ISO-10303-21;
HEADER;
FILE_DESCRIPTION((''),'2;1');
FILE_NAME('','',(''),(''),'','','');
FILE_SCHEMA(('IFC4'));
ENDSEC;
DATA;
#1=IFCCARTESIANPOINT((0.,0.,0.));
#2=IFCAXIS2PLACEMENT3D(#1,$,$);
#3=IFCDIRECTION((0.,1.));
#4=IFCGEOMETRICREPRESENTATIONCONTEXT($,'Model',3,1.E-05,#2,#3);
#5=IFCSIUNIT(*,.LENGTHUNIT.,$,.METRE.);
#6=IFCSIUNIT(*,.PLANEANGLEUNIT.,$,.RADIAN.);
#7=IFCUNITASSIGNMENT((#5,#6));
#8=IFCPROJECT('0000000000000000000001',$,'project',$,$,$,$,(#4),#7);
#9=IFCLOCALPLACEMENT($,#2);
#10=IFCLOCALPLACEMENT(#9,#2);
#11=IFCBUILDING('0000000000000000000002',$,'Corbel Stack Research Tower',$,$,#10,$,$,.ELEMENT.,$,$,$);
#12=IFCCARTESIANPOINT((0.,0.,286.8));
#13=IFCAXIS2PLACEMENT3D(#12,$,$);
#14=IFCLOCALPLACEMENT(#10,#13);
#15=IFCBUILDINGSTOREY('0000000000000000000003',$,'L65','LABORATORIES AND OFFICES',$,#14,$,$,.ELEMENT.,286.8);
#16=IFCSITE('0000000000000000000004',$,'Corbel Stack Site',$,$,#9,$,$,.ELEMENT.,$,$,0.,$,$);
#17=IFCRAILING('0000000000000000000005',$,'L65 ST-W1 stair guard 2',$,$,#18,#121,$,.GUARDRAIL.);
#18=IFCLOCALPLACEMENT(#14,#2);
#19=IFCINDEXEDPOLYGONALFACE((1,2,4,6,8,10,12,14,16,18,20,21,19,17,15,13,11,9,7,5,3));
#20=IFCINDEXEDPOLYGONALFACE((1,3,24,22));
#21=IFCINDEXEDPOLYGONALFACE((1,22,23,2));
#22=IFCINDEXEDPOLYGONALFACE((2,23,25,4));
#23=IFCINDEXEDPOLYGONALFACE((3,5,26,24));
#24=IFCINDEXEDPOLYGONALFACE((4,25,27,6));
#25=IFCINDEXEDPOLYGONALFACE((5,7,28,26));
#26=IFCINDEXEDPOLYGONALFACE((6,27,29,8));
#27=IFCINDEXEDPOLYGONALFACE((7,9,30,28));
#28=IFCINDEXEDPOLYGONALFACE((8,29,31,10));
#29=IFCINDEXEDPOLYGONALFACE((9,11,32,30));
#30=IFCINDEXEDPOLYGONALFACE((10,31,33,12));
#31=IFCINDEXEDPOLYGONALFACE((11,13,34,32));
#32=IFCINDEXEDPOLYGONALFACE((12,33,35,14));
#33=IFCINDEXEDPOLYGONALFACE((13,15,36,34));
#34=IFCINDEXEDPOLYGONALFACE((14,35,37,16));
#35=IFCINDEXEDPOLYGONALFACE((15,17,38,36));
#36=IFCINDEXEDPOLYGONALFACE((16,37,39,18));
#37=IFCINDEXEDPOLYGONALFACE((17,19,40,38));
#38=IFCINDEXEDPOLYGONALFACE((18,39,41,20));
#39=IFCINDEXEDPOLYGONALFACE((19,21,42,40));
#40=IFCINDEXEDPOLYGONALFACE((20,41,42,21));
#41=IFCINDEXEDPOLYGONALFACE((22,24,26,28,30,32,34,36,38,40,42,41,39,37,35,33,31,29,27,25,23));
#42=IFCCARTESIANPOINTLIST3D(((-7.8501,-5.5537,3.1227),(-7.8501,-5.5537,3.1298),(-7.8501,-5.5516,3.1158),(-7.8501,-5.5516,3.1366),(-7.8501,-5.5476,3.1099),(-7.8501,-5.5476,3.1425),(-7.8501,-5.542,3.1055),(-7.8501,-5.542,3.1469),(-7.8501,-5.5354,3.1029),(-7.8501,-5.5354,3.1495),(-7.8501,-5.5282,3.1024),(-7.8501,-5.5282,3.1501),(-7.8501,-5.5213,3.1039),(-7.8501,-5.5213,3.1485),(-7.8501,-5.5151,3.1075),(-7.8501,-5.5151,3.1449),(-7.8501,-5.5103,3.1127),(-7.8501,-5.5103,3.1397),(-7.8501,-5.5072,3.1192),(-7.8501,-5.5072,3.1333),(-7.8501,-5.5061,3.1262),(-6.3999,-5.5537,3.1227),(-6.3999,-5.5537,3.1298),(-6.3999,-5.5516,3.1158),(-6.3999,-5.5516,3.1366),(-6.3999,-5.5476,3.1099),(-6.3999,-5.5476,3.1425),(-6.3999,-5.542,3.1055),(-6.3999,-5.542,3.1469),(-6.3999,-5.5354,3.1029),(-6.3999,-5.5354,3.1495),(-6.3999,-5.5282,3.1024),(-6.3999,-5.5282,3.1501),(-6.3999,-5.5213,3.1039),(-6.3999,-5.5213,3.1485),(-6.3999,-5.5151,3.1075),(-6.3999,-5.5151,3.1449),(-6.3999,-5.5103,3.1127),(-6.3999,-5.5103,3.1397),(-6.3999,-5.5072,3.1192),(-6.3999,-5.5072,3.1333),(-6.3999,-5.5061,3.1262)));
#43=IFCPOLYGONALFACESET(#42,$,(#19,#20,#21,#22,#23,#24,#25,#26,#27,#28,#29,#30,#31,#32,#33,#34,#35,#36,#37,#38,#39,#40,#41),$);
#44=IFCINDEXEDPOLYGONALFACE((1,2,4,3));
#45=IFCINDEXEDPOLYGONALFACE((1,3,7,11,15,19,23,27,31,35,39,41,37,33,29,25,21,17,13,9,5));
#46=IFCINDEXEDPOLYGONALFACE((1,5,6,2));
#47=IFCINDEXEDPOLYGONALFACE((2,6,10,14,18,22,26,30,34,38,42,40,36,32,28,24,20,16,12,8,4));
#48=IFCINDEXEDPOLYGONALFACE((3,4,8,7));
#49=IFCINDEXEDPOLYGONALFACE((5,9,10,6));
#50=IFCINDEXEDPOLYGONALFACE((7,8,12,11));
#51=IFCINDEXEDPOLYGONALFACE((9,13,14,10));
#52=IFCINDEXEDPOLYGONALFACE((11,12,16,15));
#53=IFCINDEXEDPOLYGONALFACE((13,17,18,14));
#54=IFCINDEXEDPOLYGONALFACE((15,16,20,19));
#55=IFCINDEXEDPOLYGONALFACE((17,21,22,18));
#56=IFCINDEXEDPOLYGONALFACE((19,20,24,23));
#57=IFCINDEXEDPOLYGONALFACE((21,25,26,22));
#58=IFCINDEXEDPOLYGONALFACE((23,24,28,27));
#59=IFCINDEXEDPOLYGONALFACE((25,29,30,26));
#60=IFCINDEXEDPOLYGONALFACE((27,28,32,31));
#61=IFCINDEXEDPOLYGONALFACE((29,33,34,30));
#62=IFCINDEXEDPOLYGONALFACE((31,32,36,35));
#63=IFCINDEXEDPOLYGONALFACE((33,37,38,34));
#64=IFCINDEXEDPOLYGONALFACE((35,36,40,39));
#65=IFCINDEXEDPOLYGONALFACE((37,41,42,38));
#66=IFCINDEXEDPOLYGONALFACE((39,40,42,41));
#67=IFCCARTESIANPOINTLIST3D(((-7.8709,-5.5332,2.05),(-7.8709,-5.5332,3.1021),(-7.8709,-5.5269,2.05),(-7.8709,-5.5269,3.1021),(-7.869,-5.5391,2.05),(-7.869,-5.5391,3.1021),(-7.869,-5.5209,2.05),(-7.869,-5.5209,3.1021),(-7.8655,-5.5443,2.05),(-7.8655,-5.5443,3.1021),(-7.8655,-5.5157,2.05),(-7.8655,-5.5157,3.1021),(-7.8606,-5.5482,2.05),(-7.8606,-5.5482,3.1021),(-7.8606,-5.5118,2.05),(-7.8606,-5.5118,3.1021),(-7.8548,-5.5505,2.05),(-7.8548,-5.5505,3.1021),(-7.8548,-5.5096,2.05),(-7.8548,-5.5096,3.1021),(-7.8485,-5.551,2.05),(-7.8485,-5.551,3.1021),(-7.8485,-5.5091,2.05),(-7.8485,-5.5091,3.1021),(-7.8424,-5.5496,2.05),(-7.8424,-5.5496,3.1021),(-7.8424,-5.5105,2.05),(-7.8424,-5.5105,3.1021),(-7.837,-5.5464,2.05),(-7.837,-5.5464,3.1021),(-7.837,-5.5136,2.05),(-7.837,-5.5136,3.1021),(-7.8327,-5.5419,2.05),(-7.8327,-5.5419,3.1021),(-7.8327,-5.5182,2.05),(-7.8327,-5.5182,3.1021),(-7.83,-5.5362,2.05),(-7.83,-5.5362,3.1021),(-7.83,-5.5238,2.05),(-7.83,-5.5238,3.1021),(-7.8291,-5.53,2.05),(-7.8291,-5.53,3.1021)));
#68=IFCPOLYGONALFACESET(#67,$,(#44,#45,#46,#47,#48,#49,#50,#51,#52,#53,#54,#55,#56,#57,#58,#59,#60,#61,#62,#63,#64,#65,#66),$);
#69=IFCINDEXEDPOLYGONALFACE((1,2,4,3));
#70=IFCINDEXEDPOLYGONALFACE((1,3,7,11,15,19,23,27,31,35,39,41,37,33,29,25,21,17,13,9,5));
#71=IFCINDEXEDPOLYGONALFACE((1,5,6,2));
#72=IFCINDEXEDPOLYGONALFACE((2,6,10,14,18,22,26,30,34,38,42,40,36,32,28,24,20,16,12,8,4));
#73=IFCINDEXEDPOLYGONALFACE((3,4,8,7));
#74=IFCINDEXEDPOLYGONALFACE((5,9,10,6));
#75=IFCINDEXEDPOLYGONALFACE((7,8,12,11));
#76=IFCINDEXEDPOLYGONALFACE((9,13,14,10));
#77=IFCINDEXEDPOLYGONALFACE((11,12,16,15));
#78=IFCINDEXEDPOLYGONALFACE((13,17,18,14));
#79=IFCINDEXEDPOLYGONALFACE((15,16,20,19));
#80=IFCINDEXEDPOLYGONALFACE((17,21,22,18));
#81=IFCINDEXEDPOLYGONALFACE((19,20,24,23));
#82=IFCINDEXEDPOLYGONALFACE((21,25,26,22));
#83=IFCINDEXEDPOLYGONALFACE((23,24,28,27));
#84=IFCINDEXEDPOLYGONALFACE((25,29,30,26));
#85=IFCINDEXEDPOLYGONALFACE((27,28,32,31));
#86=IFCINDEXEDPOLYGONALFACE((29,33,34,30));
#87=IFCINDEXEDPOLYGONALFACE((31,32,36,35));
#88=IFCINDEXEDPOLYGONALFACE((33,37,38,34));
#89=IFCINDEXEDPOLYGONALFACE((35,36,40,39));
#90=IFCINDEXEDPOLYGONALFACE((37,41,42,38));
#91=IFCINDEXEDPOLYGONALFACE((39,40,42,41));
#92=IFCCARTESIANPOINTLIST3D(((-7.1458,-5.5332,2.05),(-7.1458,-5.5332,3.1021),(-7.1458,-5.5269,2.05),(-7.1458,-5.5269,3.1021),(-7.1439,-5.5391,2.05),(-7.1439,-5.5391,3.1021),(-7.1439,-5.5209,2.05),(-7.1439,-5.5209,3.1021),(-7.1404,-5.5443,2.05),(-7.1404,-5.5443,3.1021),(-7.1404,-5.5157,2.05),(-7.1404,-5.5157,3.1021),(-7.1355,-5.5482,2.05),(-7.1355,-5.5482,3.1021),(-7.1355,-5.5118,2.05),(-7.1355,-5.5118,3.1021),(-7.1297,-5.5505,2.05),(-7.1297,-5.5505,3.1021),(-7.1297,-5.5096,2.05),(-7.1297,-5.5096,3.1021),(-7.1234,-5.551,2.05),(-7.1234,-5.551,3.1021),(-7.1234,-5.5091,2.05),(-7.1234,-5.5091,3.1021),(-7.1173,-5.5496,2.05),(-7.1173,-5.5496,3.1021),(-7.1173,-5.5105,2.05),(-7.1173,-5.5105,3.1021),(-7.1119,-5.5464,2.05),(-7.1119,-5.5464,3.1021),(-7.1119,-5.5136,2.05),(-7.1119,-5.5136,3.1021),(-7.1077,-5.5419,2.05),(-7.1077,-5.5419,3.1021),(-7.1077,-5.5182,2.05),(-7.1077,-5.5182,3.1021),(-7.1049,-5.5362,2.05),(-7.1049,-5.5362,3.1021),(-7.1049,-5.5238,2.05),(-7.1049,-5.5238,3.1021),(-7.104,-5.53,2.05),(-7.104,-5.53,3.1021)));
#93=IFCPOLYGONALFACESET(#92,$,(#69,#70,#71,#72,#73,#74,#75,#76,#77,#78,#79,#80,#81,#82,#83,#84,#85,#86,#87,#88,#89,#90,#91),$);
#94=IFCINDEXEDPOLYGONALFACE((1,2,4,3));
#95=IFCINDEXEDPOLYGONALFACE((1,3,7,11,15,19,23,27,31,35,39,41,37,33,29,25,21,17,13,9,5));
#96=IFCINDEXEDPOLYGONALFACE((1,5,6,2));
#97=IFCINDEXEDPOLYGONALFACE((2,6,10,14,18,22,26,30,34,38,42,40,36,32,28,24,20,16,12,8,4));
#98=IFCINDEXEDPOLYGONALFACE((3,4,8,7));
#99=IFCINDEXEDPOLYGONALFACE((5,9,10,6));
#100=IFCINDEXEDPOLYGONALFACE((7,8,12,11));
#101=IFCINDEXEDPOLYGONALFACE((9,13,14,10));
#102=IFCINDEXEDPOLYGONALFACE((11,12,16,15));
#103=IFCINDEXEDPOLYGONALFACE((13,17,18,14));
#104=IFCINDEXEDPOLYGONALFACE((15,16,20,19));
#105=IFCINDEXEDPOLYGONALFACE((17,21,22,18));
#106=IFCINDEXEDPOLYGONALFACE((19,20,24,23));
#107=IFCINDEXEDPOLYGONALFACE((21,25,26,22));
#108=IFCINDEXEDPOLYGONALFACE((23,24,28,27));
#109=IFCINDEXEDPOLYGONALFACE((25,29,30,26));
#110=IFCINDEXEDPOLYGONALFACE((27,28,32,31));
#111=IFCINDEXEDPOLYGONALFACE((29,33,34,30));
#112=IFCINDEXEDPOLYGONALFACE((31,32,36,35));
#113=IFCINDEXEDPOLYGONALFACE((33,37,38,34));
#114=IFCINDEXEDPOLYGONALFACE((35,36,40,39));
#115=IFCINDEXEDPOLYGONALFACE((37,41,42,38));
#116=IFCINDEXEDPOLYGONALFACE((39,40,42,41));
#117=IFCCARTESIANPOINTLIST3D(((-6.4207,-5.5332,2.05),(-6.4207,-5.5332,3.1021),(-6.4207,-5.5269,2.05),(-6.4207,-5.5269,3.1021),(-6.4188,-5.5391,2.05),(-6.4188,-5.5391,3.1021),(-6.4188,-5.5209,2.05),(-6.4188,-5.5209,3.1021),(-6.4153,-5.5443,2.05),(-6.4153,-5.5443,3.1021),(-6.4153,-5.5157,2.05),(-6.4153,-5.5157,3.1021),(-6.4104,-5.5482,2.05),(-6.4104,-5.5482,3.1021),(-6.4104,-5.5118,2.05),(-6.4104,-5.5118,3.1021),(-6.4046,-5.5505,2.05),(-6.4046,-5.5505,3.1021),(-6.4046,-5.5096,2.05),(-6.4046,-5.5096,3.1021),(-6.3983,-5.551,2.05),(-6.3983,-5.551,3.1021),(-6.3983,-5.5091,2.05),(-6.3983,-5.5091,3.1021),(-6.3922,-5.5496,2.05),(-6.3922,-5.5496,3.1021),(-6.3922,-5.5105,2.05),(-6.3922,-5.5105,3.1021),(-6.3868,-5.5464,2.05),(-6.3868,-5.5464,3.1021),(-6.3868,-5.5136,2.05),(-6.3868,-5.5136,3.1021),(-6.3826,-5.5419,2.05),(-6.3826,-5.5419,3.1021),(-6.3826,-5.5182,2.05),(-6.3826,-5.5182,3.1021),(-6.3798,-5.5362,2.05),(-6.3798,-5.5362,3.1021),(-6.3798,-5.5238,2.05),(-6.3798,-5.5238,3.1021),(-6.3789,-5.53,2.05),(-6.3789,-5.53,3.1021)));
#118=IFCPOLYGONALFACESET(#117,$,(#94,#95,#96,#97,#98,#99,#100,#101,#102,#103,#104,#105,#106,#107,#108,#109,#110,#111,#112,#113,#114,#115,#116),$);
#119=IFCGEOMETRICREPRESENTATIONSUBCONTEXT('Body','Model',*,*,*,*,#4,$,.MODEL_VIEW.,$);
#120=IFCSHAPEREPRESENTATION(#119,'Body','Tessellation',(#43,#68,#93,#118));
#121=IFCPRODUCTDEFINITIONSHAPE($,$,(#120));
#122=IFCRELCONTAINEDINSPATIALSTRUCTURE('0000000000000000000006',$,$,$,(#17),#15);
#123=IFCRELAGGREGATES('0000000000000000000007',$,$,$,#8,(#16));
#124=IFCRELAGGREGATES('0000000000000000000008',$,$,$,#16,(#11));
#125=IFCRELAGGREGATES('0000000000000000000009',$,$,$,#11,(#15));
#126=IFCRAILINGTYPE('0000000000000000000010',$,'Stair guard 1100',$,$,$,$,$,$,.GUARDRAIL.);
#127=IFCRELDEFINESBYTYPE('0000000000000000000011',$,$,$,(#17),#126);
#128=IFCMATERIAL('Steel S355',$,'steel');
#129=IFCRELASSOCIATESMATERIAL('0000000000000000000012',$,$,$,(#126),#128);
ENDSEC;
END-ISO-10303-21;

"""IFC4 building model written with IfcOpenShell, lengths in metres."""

from ifc_helpers import new_model, si_unit, direction, frame, origin, origin_2d, place, context, subcontext, project, spatial, circle, extrude, material, type_object, element, save


model = new_model("IFC4")

# Units and contexts
model_context = context("Model", 3, precision=1e-05, world=origin(), true_north=direction((0.0, 1.0)))
body_context = subcontext(model_context, "Body", "Model", "MODEL_VIEW")
ifc_project = project(units=[si_unit("LENGTHUNIT", "METRE"), si_unit("PLANEANGLEUNIT", "RADIAN")], contexts=[model_context])

# Site, building, storey
site_placement = place(None, origin())
site = spatial("IfcSite", under=ifc_project, at=site_placement, Name="Corbel Stack Site", CompositionType="ELEMENT", RefElevation=0.0)
building_placement = place(site_placement, origin())
building = spatial("IfcBuilding", under=site, at=building_placement, Name="Corbel Stack Research Tower", CompositionType="ELEMENT")
storey_placement = place(building_placement, frame((0.0, 0.0, 286.8)))
storey = spatial("IfcBuildingStorey", under=building, at=storey_placement, Name="L65", Description="LABORATORIES AND OFFICES", CompositionType="ELEMENT", Elevation=286.8)

# Railing
ifc_material_1 = material(Name="Steel S355", Category="steel")
railing_type_1 = type_object("IfcRailingType", Name="Stair guard 1100", PredefinedType="GUARDRAIL", material=ifc_material_1)
railing_1_placement = place(storey_placement, frame((-7.8501, -5.53, 2.05)))
element("IfcRailing", 1, at=railing_1_placement, inside=storey, type_object=railing_type_1, Name="L65 ST-W1 stair guard 2", PredefinedType="GUARDRAIL", context=body_context, shape_type="SweptSolid", body=[
    extrude(circle(Radius=0.0239, at=origin_2d()), frame((0.0, 0.0, 1.0762), z_axis=(1.0, 0.0, 0.0), x_axis=(0.0, 1.0, 0.0)), (0.0, 0.0, 1.0), 1.4502),
    extrude(circle(Radius=0.021, at=origin_2d()), origin(), (0.0, 0.0, 1.0), 1.052),
    extrude(circle(Radius=0.021, at=origin_2d()), frame((0.7251, 0.0, 0.0)), (0.0, 0.0, 1.0), 1.052),
    extrude(circle(Radius=0.021, at=origin_2d()), frame((1.4502, 0.0, 0.0)), (0.0, 0.0, 1.0), 1.052),
])

save(model, "model.ifc")
